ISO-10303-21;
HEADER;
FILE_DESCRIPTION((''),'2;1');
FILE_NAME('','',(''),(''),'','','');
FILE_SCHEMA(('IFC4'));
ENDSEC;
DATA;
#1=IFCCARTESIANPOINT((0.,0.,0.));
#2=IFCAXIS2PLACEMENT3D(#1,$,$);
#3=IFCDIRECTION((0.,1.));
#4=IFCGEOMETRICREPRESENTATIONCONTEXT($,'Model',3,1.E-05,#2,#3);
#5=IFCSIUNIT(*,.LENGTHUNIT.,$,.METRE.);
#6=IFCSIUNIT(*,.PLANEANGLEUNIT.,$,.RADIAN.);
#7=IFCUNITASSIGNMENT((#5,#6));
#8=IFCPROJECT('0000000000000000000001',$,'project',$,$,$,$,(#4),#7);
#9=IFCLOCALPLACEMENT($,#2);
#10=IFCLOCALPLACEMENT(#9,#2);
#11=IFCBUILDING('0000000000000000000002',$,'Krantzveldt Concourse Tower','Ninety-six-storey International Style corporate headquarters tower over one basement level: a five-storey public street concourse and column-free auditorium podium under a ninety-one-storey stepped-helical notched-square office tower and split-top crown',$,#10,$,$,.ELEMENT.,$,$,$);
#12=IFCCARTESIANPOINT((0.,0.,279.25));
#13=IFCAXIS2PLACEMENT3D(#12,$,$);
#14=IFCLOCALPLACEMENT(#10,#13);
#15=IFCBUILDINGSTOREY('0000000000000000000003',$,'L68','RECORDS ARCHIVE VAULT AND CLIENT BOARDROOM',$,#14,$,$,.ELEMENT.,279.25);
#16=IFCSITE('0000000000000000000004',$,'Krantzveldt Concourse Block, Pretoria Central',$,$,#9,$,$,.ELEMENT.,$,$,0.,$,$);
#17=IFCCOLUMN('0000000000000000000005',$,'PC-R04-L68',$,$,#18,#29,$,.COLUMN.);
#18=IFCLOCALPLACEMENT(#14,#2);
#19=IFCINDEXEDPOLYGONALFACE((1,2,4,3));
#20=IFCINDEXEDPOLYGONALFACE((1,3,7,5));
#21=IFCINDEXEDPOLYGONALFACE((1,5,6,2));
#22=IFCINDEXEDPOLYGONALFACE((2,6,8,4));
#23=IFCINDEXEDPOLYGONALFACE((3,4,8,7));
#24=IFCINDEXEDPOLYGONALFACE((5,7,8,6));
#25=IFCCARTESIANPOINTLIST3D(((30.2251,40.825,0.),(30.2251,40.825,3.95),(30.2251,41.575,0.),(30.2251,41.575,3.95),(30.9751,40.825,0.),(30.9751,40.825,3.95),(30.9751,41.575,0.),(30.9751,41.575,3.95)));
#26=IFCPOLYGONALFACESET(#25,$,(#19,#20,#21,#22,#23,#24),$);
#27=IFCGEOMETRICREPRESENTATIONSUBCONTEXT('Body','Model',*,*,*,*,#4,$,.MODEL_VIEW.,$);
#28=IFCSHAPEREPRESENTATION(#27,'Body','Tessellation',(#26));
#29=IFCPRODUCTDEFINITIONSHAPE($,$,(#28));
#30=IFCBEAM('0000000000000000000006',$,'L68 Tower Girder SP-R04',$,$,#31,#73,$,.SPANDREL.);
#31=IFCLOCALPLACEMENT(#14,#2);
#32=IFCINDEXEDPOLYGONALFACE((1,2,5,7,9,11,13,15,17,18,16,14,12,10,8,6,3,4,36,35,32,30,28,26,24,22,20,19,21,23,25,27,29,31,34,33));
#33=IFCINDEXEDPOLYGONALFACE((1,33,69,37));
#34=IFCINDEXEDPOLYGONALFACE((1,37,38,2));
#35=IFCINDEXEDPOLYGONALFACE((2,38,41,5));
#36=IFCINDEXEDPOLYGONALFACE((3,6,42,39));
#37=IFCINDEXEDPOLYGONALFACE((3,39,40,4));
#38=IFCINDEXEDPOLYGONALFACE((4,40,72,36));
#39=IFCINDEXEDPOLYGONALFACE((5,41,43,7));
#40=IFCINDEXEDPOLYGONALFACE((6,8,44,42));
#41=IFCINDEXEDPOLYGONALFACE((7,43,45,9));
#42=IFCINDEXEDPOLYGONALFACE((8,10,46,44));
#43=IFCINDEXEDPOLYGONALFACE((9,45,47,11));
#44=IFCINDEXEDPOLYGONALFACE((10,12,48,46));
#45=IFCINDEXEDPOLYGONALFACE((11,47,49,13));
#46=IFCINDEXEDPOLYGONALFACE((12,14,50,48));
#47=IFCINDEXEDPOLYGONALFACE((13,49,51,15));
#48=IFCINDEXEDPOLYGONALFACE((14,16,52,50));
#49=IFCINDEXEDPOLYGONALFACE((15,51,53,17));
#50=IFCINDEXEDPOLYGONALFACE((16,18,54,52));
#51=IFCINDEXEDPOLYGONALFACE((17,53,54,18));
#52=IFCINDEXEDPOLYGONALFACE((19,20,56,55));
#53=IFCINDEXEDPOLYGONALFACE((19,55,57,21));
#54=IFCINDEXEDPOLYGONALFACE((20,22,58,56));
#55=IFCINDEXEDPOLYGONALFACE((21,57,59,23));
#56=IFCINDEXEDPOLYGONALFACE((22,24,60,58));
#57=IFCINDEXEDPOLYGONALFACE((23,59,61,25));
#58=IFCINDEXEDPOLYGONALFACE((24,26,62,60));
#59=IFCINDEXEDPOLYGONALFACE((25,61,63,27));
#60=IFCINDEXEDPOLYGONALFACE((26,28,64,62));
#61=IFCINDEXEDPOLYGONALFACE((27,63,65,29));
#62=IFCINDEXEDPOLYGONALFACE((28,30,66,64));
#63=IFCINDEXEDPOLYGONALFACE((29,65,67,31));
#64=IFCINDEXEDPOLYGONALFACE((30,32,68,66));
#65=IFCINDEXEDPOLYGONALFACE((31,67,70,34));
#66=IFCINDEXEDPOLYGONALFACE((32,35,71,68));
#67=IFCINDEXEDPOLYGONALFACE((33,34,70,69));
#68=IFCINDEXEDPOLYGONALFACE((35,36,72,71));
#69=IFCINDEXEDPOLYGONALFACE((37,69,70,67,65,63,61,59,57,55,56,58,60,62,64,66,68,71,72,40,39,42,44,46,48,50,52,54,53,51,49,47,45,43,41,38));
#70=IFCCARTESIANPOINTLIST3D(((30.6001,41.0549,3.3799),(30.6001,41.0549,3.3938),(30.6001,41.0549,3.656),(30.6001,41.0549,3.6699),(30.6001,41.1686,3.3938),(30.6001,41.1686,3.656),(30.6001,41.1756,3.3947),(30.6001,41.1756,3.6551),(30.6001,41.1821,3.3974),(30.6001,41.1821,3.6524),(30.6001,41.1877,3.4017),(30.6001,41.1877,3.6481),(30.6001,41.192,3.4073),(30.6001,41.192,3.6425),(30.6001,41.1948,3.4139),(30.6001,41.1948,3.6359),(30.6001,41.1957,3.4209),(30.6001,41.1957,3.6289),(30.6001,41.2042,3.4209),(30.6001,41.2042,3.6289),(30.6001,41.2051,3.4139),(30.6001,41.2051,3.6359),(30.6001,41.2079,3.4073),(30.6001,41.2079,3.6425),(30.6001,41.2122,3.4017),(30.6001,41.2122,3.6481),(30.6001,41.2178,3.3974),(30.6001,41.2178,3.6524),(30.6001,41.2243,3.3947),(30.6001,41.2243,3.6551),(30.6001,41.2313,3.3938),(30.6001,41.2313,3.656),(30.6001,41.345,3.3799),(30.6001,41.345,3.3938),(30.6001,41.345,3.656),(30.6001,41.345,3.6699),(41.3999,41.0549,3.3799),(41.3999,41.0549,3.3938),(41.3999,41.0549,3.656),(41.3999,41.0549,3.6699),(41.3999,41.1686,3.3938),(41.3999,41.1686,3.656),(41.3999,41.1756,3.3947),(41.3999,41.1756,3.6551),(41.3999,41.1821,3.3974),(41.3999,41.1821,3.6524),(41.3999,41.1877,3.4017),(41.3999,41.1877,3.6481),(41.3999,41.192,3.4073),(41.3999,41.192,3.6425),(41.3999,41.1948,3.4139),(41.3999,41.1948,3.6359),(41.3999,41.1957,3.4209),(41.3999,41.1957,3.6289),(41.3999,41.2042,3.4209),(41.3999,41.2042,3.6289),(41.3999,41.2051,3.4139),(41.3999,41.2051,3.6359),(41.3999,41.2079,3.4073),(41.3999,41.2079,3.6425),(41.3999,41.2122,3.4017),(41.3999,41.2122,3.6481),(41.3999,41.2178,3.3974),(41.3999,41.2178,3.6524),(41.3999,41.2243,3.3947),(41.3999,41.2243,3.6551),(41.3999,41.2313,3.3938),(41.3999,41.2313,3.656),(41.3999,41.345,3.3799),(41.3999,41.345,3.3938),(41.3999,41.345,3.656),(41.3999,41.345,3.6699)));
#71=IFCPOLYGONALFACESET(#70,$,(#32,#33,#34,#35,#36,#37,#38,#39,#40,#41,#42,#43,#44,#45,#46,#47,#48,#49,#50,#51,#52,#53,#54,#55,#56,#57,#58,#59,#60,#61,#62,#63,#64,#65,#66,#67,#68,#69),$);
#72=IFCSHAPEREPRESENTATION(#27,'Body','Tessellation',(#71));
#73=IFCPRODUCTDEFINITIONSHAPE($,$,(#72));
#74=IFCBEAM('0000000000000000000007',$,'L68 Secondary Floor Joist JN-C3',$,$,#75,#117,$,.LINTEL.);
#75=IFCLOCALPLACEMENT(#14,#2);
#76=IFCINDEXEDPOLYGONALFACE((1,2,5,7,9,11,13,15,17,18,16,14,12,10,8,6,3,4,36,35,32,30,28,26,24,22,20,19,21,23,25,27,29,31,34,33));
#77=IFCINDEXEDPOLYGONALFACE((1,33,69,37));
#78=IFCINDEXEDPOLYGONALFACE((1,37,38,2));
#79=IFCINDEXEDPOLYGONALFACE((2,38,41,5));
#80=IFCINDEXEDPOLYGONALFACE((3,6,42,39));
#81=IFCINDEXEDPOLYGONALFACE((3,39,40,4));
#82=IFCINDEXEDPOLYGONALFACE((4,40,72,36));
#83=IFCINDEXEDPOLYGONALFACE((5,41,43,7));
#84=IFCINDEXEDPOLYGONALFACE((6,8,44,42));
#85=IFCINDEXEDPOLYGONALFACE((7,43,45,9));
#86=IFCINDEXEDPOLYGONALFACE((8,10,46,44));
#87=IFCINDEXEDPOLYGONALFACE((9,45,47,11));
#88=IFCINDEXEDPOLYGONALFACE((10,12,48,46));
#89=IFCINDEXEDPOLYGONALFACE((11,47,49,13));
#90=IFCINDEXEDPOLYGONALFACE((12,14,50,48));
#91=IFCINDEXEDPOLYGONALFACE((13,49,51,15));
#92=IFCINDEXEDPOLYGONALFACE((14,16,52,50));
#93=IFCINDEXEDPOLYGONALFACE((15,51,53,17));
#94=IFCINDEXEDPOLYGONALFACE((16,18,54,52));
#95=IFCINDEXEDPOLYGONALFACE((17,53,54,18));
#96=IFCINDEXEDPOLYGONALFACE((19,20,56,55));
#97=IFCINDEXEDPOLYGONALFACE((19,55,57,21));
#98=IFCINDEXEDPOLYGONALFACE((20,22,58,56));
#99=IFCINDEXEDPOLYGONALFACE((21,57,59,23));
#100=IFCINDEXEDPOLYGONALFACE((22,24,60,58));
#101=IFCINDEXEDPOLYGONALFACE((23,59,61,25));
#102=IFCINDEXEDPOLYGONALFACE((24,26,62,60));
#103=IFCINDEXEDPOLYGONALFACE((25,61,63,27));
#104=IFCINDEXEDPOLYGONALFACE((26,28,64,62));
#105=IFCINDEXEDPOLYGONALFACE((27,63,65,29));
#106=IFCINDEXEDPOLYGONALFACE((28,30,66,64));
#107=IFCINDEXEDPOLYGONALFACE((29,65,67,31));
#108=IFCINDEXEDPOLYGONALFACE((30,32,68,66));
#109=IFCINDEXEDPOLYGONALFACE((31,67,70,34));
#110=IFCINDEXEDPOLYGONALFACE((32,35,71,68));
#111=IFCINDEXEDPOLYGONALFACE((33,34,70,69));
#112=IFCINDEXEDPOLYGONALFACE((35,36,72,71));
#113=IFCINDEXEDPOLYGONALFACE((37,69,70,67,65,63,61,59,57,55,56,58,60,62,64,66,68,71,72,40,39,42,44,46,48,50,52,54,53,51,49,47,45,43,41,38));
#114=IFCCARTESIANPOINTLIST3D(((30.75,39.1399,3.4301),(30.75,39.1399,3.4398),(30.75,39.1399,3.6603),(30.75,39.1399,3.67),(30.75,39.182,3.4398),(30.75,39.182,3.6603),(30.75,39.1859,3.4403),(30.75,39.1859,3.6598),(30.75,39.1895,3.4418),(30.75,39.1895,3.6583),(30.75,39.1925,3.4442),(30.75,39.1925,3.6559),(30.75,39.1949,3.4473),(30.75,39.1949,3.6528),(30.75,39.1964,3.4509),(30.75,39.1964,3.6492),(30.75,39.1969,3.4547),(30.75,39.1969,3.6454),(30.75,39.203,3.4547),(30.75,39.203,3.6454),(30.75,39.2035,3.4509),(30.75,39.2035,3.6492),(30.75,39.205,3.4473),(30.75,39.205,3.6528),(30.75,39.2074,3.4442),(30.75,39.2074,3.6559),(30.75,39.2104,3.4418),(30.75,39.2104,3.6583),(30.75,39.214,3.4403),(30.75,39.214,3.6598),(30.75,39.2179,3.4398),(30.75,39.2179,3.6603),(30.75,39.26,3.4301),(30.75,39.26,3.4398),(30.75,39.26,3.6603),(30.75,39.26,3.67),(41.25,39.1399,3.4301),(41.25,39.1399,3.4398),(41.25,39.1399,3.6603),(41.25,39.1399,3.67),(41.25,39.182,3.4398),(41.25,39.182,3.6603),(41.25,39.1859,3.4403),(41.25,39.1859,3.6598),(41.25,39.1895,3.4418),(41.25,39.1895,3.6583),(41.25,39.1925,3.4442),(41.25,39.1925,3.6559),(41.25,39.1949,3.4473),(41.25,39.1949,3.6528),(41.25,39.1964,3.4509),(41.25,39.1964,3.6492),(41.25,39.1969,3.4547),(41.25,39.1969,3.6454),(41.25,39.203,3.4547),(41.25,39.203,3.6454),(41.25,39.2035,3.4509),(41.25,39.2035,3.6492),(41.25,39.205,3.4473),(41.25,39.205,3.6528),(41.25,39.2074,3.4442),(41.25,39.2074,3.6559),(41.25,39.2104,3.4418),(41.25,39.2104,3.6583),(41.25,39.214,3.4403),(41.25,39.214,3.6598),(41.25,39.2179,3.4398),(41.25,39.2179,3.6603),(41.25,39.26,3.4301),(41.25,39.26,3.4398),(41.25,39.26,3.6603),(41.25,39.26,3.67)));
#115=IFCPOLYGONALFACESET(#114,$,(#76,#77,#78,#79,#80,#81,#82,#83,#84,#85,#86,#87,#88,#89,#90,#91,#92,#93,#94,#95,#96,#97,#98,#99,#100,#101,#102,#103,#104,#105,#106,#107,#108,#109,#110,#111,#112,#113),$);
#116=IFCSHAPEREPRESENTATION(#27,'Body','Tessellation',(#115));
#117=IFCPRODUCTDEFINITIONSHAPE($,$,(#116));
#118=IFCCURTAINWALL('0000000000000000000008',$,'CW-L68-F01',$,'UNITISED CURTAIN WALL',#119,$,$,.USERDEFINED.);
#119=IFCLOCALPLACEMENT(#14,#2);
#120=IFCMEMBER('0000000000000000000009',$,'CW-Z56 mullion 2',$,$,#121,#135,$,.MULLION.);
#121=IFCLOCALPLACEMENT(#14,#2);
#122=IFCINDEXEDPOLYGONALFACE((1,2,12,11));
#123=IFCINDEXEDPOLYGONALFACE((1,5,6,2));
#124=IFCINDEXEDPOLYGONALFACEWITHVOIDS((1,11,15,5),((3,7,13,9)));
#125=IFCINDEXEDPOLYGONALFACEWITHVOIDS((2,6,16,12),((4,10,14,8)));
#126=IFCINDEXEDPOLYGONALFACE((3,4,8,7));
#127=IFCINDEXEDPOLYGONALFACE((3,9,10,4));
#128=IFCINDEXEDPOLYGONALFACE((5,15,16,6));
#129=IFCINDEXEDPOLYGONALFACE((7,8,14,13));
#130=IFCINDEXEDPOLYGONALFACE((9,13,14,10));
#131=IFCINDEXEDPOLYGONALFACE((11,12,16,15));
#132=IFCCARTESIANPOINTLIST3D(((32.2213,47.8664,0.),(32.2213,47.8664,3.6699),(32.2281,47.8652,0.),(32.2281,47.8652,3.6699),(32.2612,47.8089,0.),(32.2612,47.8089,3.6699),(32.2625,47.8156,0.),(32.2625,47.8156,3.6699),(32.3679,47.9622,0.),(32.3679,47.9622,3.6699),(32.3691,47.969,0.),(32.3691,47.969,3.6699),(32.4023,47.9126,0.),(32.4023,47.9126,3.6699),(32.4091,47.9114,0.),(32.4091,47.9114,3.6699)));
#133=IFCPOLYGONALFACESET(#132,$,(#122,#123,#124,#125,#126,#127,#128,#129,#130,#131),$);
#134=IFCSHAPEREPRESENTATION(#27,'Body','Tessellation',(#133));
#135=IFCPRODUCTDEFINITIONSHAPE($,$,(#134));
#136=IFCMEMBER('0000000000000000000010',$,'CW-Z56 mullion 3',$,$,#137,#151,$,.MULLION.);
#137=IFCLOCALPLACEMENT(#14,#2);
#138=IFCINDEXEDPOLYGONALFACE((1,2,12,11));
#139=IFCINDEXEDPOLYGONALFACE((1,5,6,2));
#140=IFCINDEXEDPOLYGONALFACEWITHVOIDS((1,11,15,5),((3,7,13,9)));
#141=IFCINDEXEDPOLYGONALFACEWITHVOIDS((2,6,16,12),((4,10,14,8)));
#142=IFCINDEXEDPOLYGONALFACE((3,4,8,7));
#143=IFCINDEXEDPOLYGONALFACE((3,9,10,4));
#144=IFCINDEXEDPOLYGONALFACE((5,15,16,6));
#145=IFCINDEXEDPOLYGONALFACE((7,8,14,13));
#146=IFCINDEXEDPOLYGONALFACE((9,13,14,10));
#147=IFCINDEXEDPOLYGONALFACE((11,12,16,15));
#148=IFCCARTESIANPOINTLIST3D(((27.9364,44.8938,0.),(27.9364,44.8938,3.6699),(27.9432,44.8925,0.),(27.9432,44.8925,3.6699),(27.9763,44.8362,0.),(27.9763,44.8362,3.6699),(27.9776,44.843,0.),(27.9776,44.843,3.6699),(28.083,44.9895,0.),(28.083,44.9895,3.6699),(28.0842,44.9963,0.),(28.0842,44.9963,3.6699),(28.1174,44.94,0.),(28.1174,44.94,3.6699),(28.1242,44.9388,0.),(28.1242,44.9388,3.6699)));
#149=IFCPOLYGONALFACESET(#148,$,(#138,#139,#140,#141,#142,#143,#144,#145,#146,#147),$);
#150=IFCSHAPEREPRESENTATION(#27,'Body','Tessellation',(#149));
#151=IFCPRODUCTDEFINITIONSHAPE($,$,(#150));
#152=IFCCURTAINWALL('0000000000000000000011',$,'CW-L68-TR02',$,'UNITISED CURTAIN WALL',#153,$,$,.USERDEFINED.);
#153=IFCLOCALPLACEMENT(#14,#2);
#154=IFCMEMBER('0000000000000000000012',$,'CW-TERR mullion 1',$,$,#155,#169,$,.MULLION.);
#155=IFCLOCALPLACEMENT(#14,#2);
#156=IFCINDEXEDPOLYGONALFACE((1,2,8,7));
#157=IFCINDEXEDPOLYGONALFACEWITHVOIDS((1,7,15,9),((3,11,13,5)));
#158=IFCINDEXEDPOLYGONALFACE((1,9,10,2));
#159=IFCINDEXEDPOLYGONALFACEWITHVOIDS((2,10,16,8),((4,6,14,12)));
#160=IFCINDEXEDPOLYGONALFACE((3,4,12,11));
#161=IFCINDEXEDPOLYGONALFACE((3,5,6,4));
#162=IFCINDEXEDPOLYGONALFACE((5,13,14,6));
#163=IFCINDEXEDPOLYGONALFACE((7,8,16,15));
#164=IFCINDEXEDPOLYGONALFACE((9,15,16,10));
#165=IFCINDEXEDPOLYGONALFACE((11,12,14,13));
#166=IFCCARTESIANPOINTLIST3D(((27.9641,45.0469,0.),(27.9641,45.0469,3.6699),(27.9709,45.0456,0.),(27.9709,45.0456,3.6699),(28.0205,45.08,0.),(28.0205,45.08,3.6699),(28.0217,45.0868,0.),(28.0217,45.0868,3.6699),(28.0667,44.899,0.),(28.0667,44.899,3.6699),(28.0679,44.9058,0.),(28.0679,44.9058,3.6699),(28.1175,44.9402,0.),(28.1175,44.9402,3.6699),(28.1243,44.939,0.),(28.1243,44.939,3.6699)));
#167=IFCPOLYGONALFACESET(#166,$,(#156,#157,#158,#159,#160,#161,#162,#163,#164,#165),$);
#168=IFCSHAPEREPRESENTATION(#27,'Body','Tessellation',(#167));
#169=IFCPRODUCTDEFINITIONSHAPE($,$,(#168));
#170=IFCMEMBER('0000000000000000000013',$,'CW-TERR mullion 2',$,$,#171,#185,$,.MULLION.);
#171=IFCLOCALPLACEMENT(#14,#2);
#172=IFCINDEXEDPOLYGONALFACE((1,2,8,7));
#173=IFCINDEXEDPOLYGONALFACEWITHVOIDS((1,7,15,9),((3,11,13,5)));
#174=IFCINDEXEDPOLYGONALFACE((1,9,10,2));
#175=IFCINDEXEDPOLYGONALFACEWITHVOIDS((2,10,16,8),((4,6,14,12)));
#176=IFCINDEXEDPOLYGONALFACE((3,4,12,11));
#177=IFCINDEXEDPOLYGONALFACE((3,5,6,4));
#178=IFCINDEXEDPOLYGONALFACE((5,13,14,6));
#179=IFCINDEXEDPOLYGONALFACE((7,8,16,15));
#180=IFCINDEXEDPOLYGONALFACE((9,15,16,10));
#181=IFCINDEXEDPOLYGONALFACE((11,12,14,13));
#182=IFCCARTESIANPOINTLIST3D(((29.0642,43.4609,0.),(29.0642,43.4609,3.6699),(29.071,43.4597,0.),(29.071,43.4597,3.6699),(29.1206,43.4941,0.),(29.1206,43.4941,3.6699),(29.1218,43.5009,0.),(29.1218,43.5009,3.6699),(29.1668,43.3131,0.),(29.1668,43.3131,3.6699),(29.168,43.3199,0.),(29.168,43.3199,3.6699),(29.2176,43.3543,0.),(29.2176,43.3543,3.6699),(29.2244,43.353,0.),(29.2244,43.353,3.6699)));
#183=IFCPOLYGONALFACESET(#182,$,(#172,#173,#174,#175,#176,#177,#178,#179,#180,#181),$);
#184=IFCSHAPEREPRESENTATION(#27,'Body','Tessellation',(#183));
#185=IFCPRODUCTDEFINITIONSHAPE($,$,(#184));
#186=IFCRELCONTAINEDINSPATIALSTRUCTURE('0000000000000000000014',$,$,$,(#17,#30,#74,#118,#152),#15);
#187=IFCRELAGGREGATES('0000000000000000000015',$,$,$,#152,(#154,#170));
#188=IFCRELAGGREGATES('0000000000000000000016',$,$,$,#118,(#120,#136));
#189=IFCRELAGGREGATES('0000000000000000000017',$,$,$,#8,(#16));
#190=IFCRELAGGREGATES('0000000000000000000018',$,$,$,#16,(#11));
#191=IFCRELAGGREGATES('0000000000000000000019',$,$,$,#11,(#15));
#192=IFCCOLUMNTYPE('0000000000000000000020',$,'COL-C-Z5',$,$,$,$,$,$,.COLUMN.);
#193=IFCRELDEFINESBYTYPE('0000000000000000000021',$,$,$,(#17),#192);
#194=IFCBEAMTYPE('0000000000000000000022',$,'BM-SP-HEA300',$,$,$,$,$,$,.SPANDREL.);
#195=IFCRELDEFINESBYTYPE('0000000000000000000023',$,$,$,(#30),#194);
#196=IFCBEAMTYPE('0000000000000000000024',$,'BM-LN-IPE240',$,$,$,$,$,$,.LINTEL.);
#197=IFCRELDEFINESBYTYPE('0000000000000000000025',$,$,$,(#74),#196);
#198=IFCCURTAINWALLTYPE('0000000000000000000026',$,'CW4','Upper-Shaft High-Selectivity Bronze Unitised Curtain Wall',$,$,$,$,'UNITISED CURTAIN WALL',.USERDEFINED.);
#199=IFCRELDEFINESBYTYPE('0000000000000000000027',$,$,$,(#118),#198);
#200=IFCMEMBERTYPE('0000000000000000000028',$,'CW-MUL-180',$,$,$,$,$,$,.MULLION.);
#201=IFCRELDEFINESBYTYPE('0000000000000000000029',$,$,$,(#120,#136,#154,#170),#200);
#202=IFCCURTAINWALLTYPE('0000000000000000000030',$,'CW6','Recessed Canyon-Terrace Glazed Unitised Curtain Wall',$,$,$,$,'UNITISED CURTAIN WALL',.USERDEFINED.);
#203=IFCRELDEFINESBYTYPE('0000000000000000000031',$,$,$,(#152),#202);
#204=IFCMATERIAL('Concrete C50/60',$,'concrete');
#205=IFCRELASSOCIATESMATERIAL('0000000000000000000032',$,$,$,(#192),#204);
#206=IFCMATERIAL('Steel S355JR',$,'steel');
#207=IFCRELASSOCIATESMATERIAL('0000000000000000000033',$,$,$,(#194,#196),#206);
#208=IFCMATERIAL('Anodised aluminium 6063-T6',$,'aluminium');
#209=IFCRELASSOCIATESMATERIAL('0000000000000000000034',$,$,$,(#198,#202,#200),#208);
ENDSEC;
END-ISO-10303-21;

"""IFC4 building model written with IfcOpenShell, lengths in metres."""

from ifc_helpers import new_model, si_unit, direction, frame, origin, origin_2d, place, context, subcontext, project, spatial, rectangle, hollow_rectangle, i_section, extrude, source, transform, mapped, material, material_profile, profile_set, type_object, type_shapes, element, aggregate, save


model = new_model("IFC4")

# Units and contexts
model_context = context("Model", 3, precision=1e-05, world=origin(), true_north=direction((0.0, 1.0)))
body_context = subcontext(model_context, "Body", "Model", "MODEL_VIEW")
ifc_project = project(units=[si_unit("LENGTHUNIT", "METRE"), si_unit("PLANEANGLEUNIT", "RADIAN")], contexts=[model_context])

# Site, building, storey
site_placement = place(None, origin())
site = spatial("IfcSite", under=ifc_project, at=site_placement, Name="Krantzveldt Concourse Block, Pretoria Central", CompositionType="ELEMENT", RefElevation=0.0)
building_placement = place(site_placement, origin())
building = spatial("IfcBuilding", under=site, at=building_placement, Name="Krantzveldt Concourse Tower", Description="Ninety-six-storey International Style corporate headquarters tower over one basement level: a five-storey public street concourse and column-free auditorium podium under a ninety-one-storey stepped-helical notched-square office tower and split-top crown", CompositionType="ELEMENT")
storey_placement = place(building_placement, frame((0.0, 0.0, 279.25)))
storey = spatial("IfcBuildingStorey", under=building, at=storey_placement, Name="L68", Description="RECORDS ARCHIVE VAULT AND CLIENT BOARDROOM", CompositionType="ELEMENT", Elevation=279.25)

# Column
ifc_material_1 = material(Name="Concrete C50/60", Category="concrete")
ifc_material_profile_1 = material_profile(ifc_material_1, rectangle(XDim=0.75, YDim=0.75, at=origin_2d()), Name="Concrete C50/60", Category="concrete")
ifc_profile_set_1 = profile_set([ifc_material_profile_1], Name="Concrete C50/60 - RC 750x750")
column_type = type_object("IfcColumnType", Name="COL-C-Z5", PredefinedType="COLUMN", material=ifc_profile_set_1)
shared_shape_1 = source(origin(), body_context, "Body", "SweptSolid", [
    extrude(rectangle(XDim=0.75, YDim=0.75, at=origin_2d()), origin(), (0.0, 0.0, 1.0), 3.95),
])
type_shapes(column_type, [shared_shape_1])
column_placement = place(storey_placement, frame((30.6001, 41.2, 0.0), z_axis=(0.0, 0.0, 1.0), x_axis=(1.0, 0.0, 0.0)))
element("IfcColumn", 1, at=column_placement, inside=storey, type_object=column_type, Name="PC-R04-L68", PredefinedType="COLUMN", context=body_context, shape_type="MappedRepresentation", body=[
    mapped(shared_shape_1, transform((0.0, 0.0, 0.0), x_axis=(1.0, 0.0, 0.0), y_axis=(0.0, 1.0, 0.0), z_axis=(0.0, 0.0, 1.0), scale=1.0)),
])

# Beams
ifc_material_2 = material(Name="Steel S355JR", Category="steel")
ifc_material_profile_2 = material_profile(ifc_material_2, i_section(OverallWidth=0.29, OverallDepth=0.29, WebThickness=0.0085, FlangeThickness=0.0139, FilletRadius=0.0271, at=origin_2d()), Name="Steel S355JR", Category="steel")
ifc_profile_set_2 = profile_set([ifc_material_profile_2], Name="Steel S355JR - HEA 300")
beam_type_1 = type_object("IfcBeamType", Name="BM-SP-HEA300", PredefinedType="SPANDREL", material=ifc_profile_set_2)
shared_shape_2 = source(origin(), body_context, "Body", "SweptSolid", [
    extrude(i_section(OverallWidth=0.29, OverallDepth=0.29, WebThickness=0.0085, FlangeThickness=0.0139, FilletRadius=0.0271, at=origin_2d()), origin(), (0.0, 0.0, 1.0), 10.7998),
])
type_shapes(beam_type_1, [shared_shape_2])
beam_1_placement = place(storey_placement, frame((30.6001, 41.2, 3.5249), z_axis=(1.0, 0.0, 0.0), x_axis=(0.0, 1.0, 0.0)))
element("IfcBeam", 2, at=beam_1_placement, inside=storey, type_object=beam_type_1, Name="L68 Tower Girder SP-R04", PredefinedType="SPANDREL", context=body_context, shape_type="MappedRepresentation", body=[
    mapped(shared_shape_2, transform((0.0, 0.0, 0.0), x_axis=(1.0, 0.0, 0.0), y_axis=(0.0, 1.0, 0.0), z_axis=(0.0, 0.0, 1.0), scale=1.0)),
])
ifc_material_profile_3 = material_profile(ifc_material_2, i_section(OverallWidth=0.1201, OverallDepth=0.24, WebThickness=0.0061, FlangeThickness=0.0098, FilletRadius=0.0149, at=origin_2d()), Name="Steel S355JR", Category="steel")
ifc_profile_set_3 = profile_set([ifc_material_profile_3], Name="Steel S355JR - IPE 240")
beam_type_2 = type_object("IfcBeamType", Name="BM-LN-IPE240", PredefinedType="LINTEL", material=ifc_profile_set_3)
shared_shape_3 = source(origin(), body_context, "Body", "SweptSolid", [
    extrude(i_section(OverallWidth=0.1201, OverallDepth=0.24, WebThickness=0.0061, FlangeThickness=0.0098, FilletRadius=0.0149, at=origin_2d()), origin(), (0.0, 0.0, 1.0), 10.5),
])
type_shapes(beam_type_2, [shared_shape_3])
beam_2_placement = place(storey_placement, frame((30.75, 39.2, 3.55), z_axis=(1.0, 0.0, 0.0), x_axis=(0.0, 1.0, 0.0)))
element("IfcBeam", 3, at=beam_2_placement, inside=storey, type_object=beam_type_2, Name="L68 Secondary Floor Joist JN-C3", PredefinedType="LINTEL", context=body_context, shape_type="MappedRepresentation", body=[
    mapped(shared_shape_3, transform((0.0, 0.0, 0.0), x_axis=(1.0, 0.0, 0.0), y_axis=(0.0, 1.0, 0.0), z_axis=(0.0, 0.0, 1.0), scale=1.0)),
])

# Curtain walls, members
ifc_material_3 = material(Name="Anodised aluminium 6063-T6", Category="aluminium")
curtain_wall_type_1 = type_object("IfcCurtainWallType", Name="CW4", Description="Upper-Shaft High-Selectivity Bronze Unitised Curtain Wall", ElementType="UNITISED CURTAIN WALL", PredefinedType="USERDEFINED", material=ifc_material_3)
curtain_wall_1_placement = place(storey_placement, origin())
curtain_wall_1 = element("IfcCurtainWall", 4, at=curtain_wall_1_placement, inside=storey, type_object=curtain_wall_type_1, Name="CW-L68-F01", ObjectType="UNITISED CURTAIN WALL", PredefinedType="USERDEFINED")
ifc_material_profile_4 = material_profile(ifc_material_3, hollow_rectangle(XDim=0.0701, YDim=0.1799, WallThickness=0.0049, at=origin_2d()), Name="Anodised aluminium 6063-T6", Category="aluminium")
ifc_profile_set_4 = profile_set([ifc_material_profile_4], Name="Anodised aluminium 6063-T6 - ALU-MULL 180x70x5")
member_type_1 = type_object("IfcMemberType", Name="CW-MUL-180", PredefinedType="MULLION", material=ifc_profile_set_4)
shared_shape_4 = source(origin(), body_context, "Body", "SweptSolid", [
    extrude(hollow_rectangle(XDim=0.0701, YDim=0.1799, WallThickness=0.0049, at=origin_2d()), origin(), (0.0, 0.0, 1.0), 3.6699),
])
type_shapes(member_type_1, [shared_shape_4])
member_1_placement = place(storey_placement, frame((32.3152, 47.8889, 0.0), z_axis=(0.0, 0.0, 1.0), x_axis=(0.569997, -0.821647, 0.0)))
member_1 = element("IfcMember", 5, at=member_1_placement, type_object=member_type_1, Name="CW-Z56 mullion 2", PredefinedType="MULLION", context=body_context, shape_type="MappedRepresentation", body=[
    mapped(shared_shape_4, transform((0.0, 0.0, 0.0), x_axis=(1.0, 0.0, 0.0), y_axis=(0.0, 1.0, 0.0), z_axis=(0.0, 0.0, 1.0), scale=1.0)),
])
member_2_placement = place(storey_placement, frame((28.0303, 44.9163, 0.0), z_axis=(0.0, 0.0, 1.0), x_axis=(0.569997, -0.821647, 0.0)))
member_2 = element("IfcMember", 6, at=member_2_placement, type_object=member_type_1, Name="CW-Z56 mullion 3", PredefinedType="MULLION", context=body_context, shape_type="MappedRepresentation", body=[
    mapped(shared_shape_4, transform((0.0, 0.0, 0.0), x_axis=(1.0, 0.0, 0.0), y_axis=(0.0, 1.0, 0.0), z_axis=(0.0, 0.0, 1.0), scale=1.0)),
])
curtain_wall_type_2 = type_object("IfcCurtainWallType", Name="CW6", Description="Recessed Canyon-Terrace Glazed Unitised Curtain Wall", ElementType="UNITISED CURTAIN WALL", PredefinedType="USERDEFINED", material=ifc_material_3)
curtain_wall_2_placement = place(storey_placement, origin())
curtain_wall_2 = element("IfcCurtainWall", 7, at=curtain_wall_2_placement, inside=storey, type_object=curtain_wall_type_2, Name="CW-L68-TR02", ObjectType="UNITISED CURTAIN WALL", PredefinedType="USERDEFINED")
member_3_placement = place(storey_placement, frame((28.0442, 44.9929, 0.0), z_axis=(0.0, 0.0, 1.0), x_axis=(0.821646, 0.569998, 0.0)))
member_3 = element("IfcMember", 8, at=member_3_placement, type_object=member_type_1, Name="CW-TERR mullion 1", PredefinedType="MULLION", context=body_context, shape_type="MappedRepresentation", body=[
    mapped(shared_shape_4, transform((0.0, 0.0, 0.0), x_axis=(1.0, 0.0, 0.0), y_axis=(0.0, 1.0, 0.0), z_axis=(0.0, 0.0, 1.0), scale=1.0)),
])
member_4_placement = place(storey_placement, frame((29.1443, 43.407, 0.0), z_axis=(0.0, 0.0, 1.0), x_axis=(0.821646, 0.569998, 0.0)))
member_4 = element("IfcMember", 9, at=member_4_placement, type_object=member_type_1, Name="CW-TERR mullion 2", PredefinedType="MULLION", context=body_context, shape_type="MappedRepresentation", body=[
    mapped(shared_shape_4, transform((0.0, 0.0, 0.0), x_axis=(1.0, 0.0, 0.0), y_axis=(0.0, 1.0, 0.0), z_axis=(0.0, 0.0, 1.0), scale=1.0)),
])

aggregate(curtain_wall_2, [member_3, member_4])
aggregate(curtain_wall_1, [member_1, member_2])

save(model, "model.ifc")
